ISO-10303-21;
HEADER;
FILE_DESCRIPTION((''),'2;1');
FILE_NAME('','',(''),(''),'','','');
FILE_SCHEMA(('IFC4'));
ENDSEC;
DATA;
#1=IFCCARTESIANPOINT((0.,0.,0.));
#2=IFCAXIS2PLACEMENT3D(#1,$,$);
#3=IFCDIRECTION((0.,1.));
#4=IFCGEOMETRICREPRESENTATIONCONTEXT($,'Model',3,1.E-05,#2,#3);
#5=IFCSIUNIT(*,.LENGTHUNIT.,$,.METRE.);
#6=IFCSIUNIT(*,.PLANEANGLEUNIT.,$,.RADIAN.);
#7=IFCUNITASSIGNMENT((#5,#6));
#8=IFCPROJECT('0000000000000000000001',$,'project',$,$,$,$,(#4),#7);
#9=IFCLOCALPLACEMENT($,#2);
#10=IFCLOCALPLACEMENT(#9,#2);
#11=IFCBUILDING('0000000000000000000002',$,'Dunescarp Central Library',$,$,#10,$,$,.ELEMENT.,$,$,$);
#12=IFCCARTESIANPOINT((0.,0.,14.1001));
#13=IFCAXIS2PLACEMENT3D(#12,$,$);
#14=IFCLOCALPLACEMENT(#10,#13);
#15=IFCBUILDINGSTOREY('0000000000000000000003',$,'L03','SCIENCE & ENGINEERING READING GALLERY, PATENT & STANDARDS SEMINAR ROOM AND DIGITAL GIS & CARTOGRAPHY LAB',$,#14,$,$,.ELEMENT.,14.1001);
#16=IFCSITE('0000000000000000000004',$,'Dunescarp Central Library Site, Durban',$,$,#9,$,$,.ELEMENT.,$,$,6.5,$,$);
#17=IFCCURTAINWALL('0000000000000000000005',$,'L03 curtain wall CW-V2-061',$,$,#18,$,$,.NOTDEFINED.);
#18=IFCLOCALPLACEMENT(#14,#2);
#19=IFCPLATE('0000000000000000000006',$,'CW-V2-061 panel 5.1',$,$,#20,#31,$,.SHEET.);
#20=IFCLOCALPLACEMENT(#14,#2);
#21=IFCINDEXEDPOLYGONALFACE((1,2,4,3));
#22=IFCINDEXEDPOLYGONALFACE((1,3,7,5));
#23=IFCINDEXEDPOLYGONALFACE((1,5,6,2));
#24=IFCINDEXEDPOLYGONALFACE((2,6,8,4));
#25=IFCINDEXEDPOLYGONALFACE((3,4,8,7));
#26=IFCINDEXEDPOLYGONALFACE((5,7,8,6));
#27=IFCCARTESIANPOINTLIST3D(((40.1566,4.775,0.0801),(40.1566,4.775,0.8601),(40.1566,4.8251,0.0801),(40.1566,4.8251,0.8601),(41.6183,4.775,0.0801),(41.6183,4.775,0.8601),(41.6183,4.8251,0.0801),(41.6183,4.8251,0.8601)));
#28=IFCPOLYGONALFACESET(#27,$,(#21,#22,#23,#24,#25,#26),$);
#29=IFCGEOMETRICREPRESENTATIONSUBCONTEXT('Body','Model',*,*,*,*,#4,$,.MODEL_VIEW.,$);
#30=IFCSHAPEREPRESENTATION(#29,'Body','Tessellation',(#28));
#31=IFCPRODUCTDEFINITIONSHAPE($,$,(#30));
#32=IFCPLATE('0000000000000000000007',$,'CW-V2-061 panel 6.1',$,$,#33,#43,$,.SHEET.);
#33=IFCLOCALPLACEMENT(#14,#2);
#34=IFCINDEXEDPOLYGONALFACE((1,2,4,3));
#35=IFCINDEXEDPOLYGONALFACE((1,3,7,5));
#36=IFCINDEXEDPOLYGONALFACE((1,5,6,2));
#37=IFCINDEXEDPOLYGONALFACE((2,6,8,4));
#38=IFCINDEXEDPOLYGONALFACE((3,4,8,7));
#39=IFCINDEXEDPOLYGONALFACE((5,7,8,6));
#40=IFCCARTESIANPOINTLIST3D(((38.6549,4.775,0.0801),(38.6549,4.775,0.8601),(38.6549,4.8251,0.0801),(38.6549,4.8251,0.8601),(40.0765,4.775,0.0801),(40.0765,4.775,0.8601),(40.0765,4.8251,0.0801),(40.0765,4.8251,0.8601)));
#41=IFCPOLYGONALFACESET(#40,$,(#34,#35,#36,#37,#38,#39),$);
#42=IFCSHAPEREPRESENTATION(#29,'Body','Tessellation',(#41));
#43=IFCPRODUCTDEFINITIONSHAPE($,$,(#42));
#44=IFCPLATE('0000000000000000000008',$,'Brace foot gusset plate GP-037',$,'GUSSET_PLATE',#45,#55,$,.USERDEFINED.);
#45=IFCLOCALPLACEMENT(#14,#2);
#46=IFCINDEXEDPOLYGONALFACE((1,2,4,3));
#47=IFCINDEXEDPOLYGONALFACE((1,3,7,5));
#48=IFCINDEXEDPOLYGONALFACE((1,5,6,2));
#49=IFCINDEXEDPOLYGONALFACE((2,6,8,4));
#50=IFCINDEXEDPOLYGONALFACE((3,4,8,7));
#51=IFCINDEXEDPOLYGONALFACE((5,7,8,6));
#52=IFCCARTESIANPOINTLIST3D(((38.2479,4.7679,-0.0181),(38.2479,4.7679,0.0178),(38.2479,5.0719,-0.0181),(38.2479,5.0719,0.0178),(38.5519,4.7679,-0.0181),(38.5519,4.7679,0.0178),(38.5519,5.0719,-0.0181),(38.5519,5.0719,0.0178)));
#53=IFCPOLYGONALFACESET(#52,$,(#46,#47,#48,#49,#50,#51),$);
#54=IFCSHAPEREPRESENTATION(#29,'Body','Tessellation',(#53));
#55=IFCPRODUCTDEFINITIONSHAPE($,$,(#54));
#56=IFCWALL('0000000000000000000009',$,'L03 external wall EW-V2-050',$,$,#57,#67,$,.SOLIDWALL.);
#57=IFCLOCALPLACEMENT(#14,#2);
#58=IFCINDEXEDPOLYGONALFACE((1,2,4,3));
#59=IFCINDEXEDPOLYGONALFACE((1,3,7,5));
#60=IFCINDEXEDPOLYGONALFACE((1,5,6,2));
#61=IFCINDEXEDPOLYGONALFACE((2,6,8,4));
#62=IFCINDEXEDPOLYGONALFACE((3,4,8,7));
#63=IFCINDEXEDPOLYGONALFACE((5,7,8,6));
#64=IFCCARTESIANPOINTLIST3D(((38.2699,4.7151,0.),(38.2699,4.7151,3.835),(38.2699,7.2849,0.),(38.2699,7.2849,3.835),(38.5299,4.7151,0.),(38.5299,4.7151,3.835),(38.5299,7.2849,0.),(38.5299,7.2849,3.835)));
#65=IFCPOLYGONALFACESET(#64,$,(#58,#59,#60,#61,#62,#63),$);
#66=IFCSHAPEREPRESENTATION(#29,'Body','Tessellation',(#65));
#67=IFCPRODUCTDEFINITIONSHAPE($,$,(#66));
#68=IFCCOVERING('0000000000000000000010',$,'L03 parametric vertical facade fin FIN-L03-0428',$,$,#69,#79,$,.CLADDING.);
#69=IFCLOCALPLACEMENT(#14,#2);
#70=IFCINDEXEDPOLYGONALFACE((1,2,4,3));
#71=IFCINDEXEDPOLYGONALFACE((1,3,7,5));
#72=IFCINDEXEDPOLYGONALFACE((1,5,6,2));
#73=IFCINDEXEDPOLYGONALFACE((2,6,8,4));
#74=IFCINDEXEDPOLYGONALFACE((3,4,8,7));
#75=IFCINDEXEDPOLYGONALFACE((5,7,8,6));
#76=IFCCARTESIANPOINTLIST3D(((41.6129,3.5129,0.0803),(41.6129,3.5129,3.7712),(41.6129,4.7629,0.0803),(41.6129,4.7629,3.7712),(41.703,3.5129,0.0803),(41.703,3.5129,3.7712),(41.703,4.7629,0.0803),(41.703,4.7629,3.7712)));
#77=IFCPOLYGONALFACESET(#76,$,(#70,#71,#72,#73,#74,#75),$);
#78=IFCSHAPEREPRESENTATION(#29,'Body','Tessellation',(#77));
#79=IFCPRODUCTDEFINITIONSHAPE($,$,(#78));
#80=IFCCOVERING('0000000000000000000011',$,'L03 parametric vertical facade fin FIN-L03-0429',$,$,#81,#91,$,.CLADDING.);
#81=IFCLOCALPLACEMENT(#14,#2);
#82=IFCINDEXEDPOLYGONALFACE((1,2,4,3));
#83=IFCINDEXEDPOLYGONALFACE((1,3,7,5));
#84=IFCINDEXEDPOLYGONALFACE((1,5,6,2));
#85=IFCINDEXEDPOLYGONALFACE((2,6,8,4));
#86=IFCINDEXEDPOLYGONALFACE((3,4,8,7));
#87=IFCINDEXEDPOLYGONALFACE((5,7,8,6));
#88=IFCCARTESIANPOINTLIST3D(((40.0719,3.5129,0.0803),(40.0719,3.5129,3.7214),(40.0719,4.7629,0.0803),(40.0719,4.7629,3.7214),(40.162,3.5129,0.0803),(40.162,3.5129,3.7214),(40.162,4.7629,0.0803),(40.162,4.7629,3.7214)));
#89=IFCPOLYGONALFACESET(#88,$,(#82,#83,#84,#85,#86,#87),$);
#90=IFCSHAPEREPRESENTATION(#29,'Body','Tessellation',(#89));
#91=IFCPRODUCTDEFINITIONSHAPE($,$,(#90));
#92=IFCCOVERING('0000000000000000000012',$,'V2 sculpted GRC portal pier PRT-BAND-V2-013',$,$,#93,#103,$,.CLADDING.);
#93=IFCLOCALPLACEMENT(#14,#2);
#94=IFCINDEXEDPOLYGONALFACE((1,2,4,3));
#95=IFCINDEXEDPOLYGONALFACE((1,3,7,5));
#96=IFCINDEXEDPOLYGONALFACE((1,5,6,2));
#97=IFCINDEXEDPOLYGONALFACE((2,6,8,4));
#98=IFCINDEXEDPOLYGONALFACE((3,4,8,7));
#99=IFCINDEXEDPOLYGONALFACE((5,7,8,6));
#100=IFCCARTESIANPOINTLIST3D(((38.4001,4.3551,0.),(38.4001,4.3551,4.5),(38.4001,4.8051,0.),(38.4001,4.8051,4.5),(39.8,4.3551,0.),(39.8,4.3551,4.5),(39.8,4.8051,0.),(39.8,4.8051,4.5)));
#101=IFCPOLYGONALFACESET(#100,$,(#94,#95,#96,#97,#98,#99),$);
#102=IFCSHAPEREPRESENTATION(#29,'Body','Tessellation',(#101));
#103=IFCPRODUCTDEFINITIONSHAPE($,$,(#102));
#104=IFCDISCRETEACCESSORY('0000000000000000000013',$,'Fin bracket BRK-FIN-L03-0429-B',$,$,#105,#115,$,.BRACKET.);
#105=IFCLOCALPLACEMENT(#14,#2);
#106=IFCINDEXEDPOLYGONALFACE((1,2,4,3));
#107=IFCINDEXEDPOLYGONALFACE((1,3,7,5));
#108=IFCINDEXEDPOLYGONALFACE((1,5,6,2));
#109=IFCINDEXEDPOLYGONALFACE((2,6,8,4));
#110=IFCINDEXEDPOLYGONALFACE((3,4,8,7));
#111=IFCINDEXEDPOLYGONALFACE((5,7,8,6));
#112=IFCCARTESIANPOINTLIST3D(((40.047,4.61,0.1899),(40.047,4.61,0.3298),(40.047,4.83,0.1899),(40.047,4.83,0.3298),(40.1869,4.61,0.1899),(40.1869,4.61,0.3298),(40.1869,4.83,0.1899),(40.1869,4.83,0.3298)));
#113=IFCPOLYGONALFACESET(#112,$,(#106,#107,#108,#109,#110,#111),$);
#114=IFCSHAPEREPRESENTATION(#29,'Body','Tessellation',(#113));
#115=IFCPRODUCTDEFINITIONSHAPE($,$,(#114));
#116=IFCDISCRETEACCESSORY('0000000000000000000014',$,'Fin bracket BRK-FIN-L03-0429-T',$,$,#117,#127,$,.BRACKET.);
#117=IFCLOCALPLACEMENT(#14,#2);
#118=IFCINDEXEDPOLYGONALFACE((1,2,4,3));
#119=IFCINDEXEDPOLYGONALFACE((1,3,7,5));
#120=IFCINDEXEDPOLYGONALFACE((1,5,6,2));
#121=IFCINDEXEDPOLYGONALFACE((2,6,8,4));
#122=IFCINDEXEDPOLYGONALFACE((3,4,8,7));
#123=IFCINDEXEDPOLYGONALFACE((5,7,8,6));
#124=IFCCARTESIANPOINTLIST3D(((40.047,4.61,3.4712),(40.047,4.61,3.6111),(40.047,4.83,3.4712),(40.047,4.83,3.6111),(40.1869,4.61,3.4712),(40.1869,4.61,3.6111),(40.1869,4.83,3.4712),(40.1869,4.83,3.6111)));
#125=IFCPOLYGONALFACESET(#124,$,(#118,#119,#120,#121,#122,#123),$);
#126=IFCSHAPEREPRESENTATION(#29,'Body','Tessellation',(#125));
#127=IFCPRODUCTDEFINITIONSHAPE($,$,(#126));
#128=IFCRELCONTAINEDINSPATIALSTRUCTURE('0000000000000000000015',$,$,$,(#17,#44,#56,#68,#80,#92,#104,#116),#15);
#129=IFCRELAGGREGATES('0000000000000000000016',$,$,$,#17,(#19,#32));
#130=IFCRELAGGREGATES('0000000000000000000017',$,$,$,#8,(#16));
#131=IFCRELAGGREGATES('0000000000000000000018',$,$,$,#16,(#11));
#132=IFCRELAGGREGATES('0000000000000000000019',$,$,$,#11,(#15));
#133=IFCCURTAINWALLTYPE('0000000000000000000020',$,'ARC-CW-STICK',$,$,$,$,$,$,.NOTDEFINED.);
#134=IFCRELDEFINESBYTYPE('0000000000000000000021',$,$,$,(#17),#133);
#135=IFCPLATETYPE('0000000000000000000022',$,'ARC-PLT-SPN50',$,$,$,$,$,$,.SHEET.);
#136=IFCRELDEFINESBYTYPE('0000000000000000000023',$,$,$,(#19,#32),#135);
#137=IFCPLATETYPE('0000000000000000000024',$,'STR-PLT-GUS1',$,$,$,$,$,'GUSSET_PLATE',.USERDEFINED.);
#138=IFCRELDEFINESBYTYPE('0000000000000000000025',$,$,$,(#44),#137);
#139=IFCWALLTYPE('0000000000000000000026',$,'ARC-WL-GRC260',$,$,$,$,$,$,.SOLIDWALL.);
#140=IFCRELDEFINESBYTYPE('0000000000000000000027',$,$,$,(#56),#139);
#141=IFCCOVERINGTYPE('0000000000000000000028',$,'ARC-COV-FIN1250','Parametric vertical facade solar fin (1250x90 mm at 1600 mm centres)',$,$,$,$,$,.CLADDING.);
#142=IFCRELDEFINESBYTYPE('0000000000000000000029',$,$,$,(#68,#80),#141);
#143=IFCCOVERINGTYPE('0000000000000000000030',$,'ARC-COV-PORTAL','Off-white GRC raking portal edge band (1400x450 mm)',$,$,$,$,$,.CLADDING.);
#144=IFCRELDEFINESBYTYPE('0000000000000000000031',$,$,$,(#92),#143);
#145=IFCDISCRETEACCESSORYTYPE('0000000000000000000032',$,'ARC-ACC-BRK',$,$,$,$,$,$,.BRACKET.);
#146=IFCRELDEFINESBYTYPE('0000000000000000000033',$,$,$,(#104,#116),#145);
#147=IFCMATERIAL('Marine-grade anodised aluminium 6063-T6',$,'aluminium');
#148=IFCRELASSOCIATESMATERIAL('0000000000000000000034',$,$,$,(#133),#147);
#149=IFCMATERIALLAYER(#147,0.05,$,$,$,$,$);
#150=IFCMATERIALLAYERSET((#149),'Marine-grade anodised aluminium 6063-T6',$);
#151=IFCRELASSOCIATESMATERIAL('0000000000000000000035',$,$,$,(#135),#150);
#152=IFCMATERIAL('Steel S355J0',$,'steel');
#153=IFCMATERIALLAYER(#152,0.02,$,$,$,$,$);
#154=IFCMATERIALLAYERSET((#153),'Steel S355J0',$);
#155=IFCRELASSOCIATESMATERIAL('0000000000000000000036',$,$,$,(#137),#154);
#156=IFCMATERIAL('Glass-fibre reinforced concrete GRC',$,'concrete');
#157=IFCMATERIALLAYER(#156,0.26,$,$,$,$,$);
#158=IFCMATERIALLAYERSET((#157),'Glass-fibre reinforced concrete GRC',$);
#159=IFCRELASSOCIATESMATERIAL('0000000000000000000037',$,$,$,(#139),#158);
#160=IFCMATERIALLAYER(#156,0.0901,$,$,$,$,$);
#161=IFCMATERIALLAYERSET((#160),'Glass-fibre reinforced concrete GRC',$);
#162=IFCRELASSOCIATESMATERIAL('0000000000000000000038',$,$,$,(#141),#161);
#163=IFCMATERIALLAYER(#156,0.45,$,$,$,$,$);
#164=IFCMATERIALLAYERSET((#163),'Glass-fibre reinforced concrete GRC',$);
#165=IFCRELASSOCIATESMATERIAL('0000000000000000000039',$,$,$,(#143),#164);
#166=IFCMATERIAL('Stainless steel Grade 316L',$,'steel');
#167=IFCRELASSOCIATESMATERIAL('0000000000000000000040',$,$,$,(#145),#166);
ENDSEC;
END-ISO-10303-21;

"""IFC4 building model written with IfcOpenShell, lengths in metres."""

from ifc_helpers import new_model, si_unit, direction, frame, frame_2d, origin, origin_2d, place, context, subcontext, project, spatial, rectangle, extrude, material, layer, layer_set, type_object, element, aggregate, save


model = new_model("IFC4")

# Units and contexts
model_context = context("Model", 3, precision=1e-05, world=origin(), true_north=direction((0.0, 1.0)))
body_context = subcontext(model_context, "Body", "Model", "MODEL_VIEW")
ifc_project = project(units=[si_unit("LENGTHUNIT", "METRE"), si_unit("PLANEANGLEUNIT", "RADIAN")], contexts=[model_context])

# Site, building, storey
site_placement = place(None, origin())
site = spatial("IfcSite", under=ifc_project, at=site_placement, Name="Dunescarp Central Library Site, Durban", CompositionType="ELEMENT", RefElevation=6.5)
building_placement = place(site_placement, origin())
building = spatial("IfcBuilding", under=site, at=building_placement, Name="Dunescarp Central Library", CompositionType="ELEMENT")
storey_placement = place(building_placement, frame((0.0, 0.0, 14.1001)))
storey = spatial("IfcBuildingStorey", under=building, at=storey_placement, Name="L03", Description="SCIENCE & ENGINEERING READING GALLERY, PATENT & STANDARDS SEMINAR ROOM AND DIGITAL GIS & CARTOGRAPHY LAB", CompositionType="ELEMENT", Elevation=14.1001)

# Curtain wall
ifc_material_1 = material(Name="Marine-grade anodised aluminium 6063-T6", Category="aluminium")
curtain_wall_type = type_object("IfcCurtainWallType", Name="ARC-CW-STICK", PredefinedType="NOTDEFINED", material=ifc_material_1)
curtain_wall_placement = place(storey_placement, origin())
curtain_wall = element("IfcCurtainWall", 1, at=curtain_wall_placement, inside=storey, type_object=curtain_wall_type, Name="L03 curtain wall CW-V2-061", PredefinedType="NOTDEFINED")

# Plates
ifc_layer_1 = layer(ifc_material_1, 0.05)
ifc_layer_set_1 = layer_set([ifc_layer_1], Name="Marine-grade anodised aluminium 6063-T6")
plate_type_1 = type_object("IfcPlateType", Name="ARC-PLT-SPN50", PredefinedType="SHEET", material=ifc_layer_set_1)
plate_1_placement = place(storey_placement, frame((40.8875, 4.8, 0.0801), z_axis=(0.0, 0.0, 1.0), x_axis=(-1.0, 0.0, 0.0)))
plate_1 = element("IfcPlate", 2, at=plate_1_placement, type_object=plate_type_1, Name="CW-V2-061 panel 5.1", PredefinedType="SHEET", context=body_context, shape_type="SweptSolid", body=[
    extrude(rectangle(XDim=1.4617, YDim=0.05, at=origin_2d()), origin(), (0.0, 0.0, 1.0), 0.78),
])
plate_2_placement = place(storey_placement, frame((39.3657, 4.8, 0.0801), z_axis=(0.0, 0.0, 1.0), x_axis=(-1.0, 0.0, 0.0)))
plate_2 = element("IfcPlate", 3, at=plate_2_placement, type_object=plate_type_1, Name="CW-V2-061 panel 6.1", PredefinedType="SHEET", context=body_context, shape_type="SweptSolid", body=[
    extrude(rectangle(XDim=1.4216, YDim=0.05, at=origin_2d()), origin(), (0.0, 0.0, 1.0), 0.78),
])
aggregate(curtain_wall, [plate_1, plate_2])
ifc_material_2 = material(Name="Steel S355J0", Category="steel")
ifc_layer_2 = layer(ifc_material_2, 0.02)
ifc_layer_set_2 = layer_set([ifc_layer_2], Name="Steel S355J0")
plate_type_2 = type_object("IfcPlateType", Name="STR-PLT-GUS1", ElementType="GUSSET_PLATE", PredefinedType="USERDEFINED", material=ifc_layer_set_2)
plate_3_placement = place(storey_placement, frame((38.3999, 4.9199, -0.0181), z_axis=(0.0, 0.0, 1.0), x_axis=(1.0, 0.0, 0.0)))
element("IfcPlate", 4, at=plate_3_placement, inside=storey, type_object=plate_type_2, Name="Brace foot gusset plate GP-037", ObjectType="GUSSET_PLATE", PredefinedType="USERDEFINED", context=body_context, shape_type="SweptSolid", body=[
    extrude(rectangle(XDim=0.304, YDim=0.304, at=origin_2d()), origin(), (0.0, 0.0, 1.0), 0.0359),
])

# Wall
ifc_material_3 = material(Name="Glass-fibre reinforced concrete GRC", Category="concrete")
ifc_layer_3 = layer(ifc_material_3, 0.26)
ifc_layer_set_3 = layer_set([ifc_layer_3], Name="Glass-fibre reinforced concrete GRC")
wall_type = type_object("IfcWallType", Name="ARC-WL-GRC260", PredefinedType="SOLIDWALL", material=ifc_layer_set_3)
wall_placement = place(storey_placement, frame((38.3999, 4.7151, 0.0), z_axis=(0.0, 0.0, 1.0), x_axis=(0.0, 1.0, 0.0)))
element("IfcWall", 5, at=wall_placement, inside=storey, type_object=wall_type, Name="L03 external wall EW-V2-050", PredefinedType="SOLIDWALL", context=body_context, shape_type="SweptSolid", body=[
    extrude(rectangle(XDim=2.5698, YDim=0.26, at=frame_2d((1.2849, 0.0))), origin(), (0.0, 0.0, 1.0), 3.835),
])

# Coverings
ifc_layer_4 = layer(ifc_material_3, 0.0901)
ifc_layer_set_4 = layer_set([ifc_layer_4], Name="Glass-fibre reinforced concrete GRC")
covering_type_1 = type_object("IfcCoveringType", Name="ARC-COV-FIN1250", Description="Parametric vertical facade solar fin (1250x90 mm at 1600 mm centres)", PredefinedType="CLADDING", material=ifc_layer_set_4)
covering_1_placement = place(storey_placement, frame((41.658, 4.1379, 0.0803), z_axis=(0.0, 0.0, 1.0), x_axis=(0.0, -1.0, 0.0)))
element("IfcCovering", 6, at=covering_1_placement, inside=storey, type_object=covering_type_1, Name="L03 parametric vertical facade fin FIN-L03-0428", PredefinedType="CLADDING", context=body_context, shape_type="SweptSolid", body=[
    extrude(rectangle(XDim=1.25, YDim=0.0901, at=origin_2d()), origin(), (0.0, 0.0, 1.0), 3.6909),
])
covering_2_placement = place(storey_placement, frame((40.1169, 4.1379, 0.0803), z_axis=(0.0, 0.0, 1.0), x_axis=(0.0, -1.0, 0.0)))
element("IfcCovering", 7, at=covering_2_placement, inside=storey, type_object=covering_type_1, Name="L03 parametric vertical facade fin FIN-L03-0429", PredefinedType="CLADDING", context=body_context, shape_type="SweptSolid", body=[
    extrude(rectangle(XDim=1.25, YDim=0.0901, at=origin_2d()), origin(), (0.0, 0.0, 1.0), 3.6411),
])
ifc_layer_5 = layer(ifc_material_3, 0.45)
ifc_layer_set_5 = layer_set([ifc_layer_5], Name="Glass-fibre reinforced concrete GRC")
covering_type_2 = type_object("IfcCoveringType", Name="ARC-COV-PORTAL", Description="Off-white GRC raking portal edge band (1400x450 mm)", PredefinedType="CLADDING", material=ifc_layer_set_5)
covering_3_placement = place(storey_placement, frame((39.1001, 4.5801, 0.0), z_axis=(0.0, 0.0, 1.0), x_axis=(1.0, 0.0, 0.0)))
element("IfcCovering", 8, at=covering_3_placement, inside=storey, type_object=covering_type_2, Name="V2 sculpted GRC portal pier PRT-BAND-V2-013", PredefinedType="CLADDING", context=body_context, shape_type="SweptSolid", body=[
    extrude(rectangle(XDim=1.3999, YDim=0.45, at=origin_2d()), origin(), (0.0, 0.0, 1.0), 4.5),
])

# Discrete accessories
ifc_material_4 = material(Name="Stainless steel Grade 316L", Category="steel")
discrete_accessory_type = type_object("IfcDiscreteAccessoryType", Name="ARC-ACC-BRK", PredefinedType="BRACKET", material=ifc_material_4)
for number, where, z_axis, x_axis, name in (
    (9, (40.1169, 4.72, 0.1899), (0.0, 0.0, 1.0), (0.0, -1.0, 0.0), "Fin bracket BRK-FIN-L03-0429-B"),
    (10, (40.1169, 4.72, 3.4712), (0.0, 0.0, 1.0), (0.0, -1.0, 0.0), "Fin bracket BRK-FIN-L03-0429-T"),
):
    element("IfcDiscreteAccessory", number, at=place(storey_placement, frame(where, z_axis=z_axis, x_axis=x_axis)), inside=storey, type_object=discrete_accessory_type, Name=name, PredefinedType="BRACKET", context=body_context, shape_type="SweptSolid", body=[
        extrude(rectangle(XDim=0.22, YDim=0.1399, at=origin_2d()), origin(), (0.0, 0.0, 1.0), 0.1399),
    ])

save(model, "model.ifc")
